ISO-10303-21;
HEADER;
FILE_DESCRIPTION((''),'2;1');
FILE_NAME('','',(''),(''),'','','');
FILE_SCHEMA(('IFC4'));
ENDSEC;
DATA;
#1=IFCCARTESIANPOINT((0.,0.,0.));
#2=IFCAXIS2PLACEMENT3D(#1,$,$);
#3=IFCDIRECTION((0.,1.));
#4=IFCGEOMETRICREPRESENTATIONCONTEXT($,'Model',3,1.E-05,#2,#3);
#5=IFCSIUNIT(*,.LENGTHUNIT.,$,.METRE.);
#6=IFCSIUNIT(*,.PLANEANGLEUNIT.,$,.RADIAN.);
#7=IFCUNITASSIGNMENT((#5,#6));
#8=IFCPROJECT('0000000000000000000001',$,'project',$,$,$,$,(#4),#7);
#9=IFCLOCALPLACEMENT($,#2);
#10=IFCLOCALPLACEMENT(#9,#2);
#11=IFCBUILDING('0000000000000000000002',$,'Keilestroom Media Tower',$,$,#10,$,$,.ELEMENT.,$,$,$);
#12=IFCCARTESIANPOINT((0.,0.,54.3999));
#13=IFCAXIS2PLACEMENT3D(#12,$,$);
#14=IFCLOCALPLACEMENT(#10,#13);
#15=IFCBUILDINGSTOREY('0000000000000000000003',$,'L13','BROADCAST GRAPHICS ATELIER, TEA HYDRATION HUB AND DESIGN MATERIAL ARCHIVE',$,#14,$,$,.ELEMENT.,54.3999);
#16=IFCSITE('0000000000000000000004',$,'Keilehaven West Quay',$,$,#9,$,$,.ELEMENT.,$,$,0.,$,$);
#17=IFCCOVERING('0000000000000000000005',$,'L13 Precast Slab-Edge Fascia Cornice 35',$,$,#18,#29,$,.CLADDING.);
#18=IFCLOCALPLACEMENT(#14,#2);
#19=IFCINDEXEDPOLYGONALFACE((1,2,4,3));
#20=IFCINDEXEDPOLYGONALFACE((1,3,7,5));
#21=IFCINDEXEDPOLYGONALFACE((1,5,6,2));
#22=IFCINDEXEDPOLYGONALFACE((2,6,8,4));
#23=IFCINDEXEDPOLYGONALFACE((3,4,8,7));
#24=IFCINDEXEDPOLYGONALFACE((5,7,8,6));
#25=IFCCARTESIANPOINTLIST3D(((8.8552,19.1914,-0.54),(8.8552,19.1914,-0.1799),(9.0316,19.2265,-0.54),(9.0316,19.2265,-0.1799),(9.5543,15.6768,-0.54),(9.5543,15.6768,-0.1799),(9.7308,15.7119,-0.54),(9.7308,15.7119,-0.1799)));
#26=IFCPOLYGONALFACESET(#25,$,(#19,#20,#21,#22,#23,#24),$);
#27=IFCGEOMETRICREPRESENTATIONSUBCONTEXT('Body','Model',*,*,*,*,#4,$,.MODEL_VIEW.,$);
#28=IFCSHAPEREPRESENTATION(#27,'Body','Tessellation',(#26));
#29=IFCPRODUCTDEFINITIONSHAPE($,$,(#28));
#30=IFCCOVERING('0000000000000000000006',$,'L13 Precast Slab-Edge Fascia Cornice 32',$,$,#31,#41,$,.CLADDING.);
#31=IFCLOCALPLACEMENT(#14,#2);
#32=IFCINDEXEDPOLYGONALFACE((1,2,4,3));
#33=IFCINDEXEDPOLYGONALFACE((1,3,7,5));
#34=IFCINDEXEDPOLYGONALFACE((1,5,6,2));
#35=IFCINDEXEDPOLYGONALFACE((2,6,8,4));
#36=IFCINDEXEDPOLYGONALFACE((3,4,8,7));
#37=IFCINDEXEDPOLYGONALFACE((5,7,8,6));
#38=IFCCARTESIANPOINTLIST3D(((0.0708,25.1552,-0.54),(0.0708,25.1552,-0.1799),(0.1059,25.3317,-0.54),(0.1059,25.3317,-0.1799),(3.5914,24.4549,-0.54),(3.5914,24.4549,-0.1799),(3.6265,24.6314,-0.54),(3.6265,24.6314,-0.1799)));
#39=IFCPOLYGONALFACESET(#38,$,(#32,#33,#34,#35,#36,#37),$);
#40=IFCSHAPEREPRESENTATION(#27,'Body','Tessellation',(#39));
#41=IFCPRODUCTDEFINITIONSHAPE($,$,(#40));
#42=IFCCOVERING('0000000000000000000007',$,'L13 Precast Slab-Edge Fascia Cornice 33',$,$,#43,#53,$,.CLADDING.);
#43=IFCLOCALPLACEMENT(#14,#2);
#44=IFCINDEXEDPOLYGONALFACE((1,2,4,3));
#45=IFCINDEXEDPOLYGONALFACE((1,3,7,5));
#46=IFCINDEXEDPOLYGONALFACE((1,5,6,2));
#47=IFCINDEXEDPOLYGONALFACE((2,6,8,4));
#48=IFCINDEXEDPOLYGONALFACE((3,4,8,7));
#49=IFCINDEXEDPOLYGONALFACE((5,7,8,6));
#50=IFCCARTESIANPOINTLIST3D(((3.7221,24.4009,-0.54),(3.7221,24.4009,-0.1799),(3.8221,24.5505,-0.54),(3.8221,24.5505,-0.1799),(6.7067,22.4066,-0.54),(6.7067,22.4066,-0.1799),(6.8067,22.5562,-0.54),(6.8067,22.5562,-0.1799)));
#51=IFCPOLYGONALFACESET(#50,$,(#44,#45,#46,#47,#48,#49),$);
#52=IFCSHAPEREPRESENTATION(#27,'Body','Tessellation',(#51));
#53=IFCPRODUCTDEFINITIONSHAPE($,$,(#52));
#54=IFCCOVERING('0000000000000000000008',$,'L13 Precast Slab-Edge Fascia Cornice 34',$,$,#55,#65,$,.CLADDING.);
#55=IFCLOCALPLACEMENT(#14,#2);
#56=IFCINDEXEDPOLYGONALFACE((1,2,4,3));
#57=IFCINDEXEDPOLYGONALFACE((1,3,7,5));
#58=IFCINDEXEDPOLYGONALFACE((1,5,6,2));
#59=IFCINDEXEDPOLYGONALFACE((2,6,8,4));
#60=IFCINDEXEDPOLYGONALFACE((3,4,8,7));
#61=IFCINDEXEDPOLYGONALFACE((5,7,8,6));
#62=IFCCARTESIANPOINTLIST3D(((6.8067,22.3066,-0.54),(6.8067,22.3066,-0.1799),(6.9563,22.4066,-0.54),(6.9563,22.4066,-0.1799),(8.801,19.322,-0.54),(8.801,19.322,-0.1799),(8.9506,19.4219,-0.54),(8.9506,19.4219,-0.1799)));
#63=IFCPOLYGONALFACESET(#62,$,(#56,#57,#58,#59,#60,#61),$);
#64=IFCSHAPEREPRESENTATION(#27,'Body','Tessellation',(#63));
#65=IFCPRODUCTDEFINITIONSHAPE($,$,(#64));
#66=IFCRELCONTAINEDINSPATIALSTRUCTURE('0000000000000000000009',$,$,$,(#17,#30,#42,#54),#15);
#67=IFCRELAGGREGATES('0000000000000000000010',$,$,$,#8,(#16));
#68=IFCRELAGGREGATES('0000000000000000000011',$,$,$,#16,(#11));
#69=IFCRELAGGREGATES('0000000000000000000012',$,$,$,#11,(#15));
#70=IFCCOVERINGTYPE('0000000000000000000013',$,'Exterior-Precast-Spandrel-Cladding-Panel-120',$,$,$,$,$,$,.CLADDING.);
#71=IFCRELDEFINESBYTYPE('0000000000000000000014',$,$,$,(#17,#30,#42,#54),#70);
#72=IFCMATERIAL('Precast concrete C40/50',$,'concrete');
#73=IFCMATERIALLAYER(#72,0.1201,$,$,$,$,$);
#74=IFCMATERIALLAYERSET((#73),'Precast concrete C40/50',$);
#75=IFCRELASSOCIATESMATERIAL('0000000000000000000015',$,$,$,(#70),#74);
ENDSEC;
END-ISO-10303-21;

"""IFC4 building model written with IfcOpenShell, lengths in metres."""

from ifc_helpers import new_model, si_unit, direction, frame, origin, origin_2d, place, context, subcontext, project, spatial, rectangle, extrude, source, transform, mapped, material, layer, layer_set, type_object, element, save


model = new_model("IFC4")

# Units and contexts
model_context = context("Model", 3, precision=1e-05, world=origin(), true_north=direction((0.0, 1.0)))
body_context = subcontext(model_context, "Body", "Model", "MODEL_VIEW")
ifc_project = project(units=[si_unit("LENGTHUNIT", "METRE"), si_unit("PLANEANGLEUNIT", "RADIAN")], contexts=[model_context])

# Site, building, storey
site_placement = place(None, origin())
site = spatial("IfcSite", under=ifc_project, at=site_placement, Name="Keilehaven West Quay", CompositionType="ELEMENT", RefElevation=0.0)
building_placement = place(site_placement, origin())
building = spatial("IfcBuilding", under=site, at=building_placement, Name="Keilestroom Media Tower", CompositionType="ELEMENT")
storey_placement = place(building_placement, frame((0.0, 0.0, 54.3999)))
storey = spatial("IfcBuildingStorey", under=building, at=storey_placement, Name="L13", Description="BROADCAST GRAPHICS ATELIER, TEA HYDRATION HUB AND DESIGN MATERIAL ARCHIVE", CompositionType="ELEMENT", Elevation=54.3999)

# Shared definitions
ifc_material_1 = material(Name="Precast concrete C40/50", Category="concrete")

# Coverings
ifc_layer_1 = layer(ifc_material_1, 0.1201)
ifc_layer_set_1 = layer_set([ifc_layer_1], Name="Precast concrete C40/50")
covering_type = type_object("IfcCoveringType", Name="Exterior-Precast-Spandrel-Cladding-Panel-120", PredefinedType="CLADDING", material=ifc_layer_set_1)
shared_shape_1 = source(origin(), body_context, "Body", "SweptSolid", [
    extrude(rectangle(XDim=3.5835, YDim=0.1799, at=origin_2d()), origin(), (0.0, 0.0, 1.0), 0.3601),
])
covering_1_placement = place(storey_placement, frame((9.293, 17.4517, -0.54), z_axis=(0.0, 0.0, 1.0), x_axis=(0.195099, -0.980784, 0.0)))
element("IfcCovering", 1, at=covering_1_placement, inside=storey, type_object=covering_type, Name="L13 Precast Slab-Edge Fascia Cornice 35", PredefinedType="CLADDING", context=body_context, shape_type="MappedRepresentation", body=[
    mapped(shared_shape_1, transform((0.0, 0.0, 0.0), x_axis=(1.0, 0.0, 0.0), y_axis=(0.0, 1.0, 0.0), z_axis=(0.0, 0.0, 1.0), scale=1.0)),
])
shared_shape_2 = source(origin(), body_context, "Body", "SweptSolid", [
    extrude(rectangle(XDim=3.5896, YDim=0.1799, at=origin_2d()), origin(), (0.0, 0.0, 1.0), 0.3601),
])
for number, where, z_axis, x_axis, name in (
    (2, (1.8486, 24.8933, -0.54), (0.0, 0.0, 1.0), (0.980784, -0.195099, 0.0), "L13 Precast Slab-Edge Fascia Cornice 32"),
    (3, (5.2644, 23.4785, -0.54), (0.0, 0.0, 1.0), (0.831467, -0.555575, 0.0), "L13 Precast Slab-Edge Fascia Cornice 33"),
    (4, (7.8787, 20.8643, -0.54), (0.0, 0.0, 1.0), (0.555575, -0.831467, 0.0), "L13 Precast Slab-Edge Fascia Cornice 34"),
):
    element("IfcCovering", number, at=place(storey_placement, frame(where, z_axis=z_axis, x_axis=x_axis)), inside=storey, type_object=covering_type, Name=name, PredefinedType="CLADDING", context=body_context, shape_type="MappedRepresentation", body=[
        mapped(shared_shape_2, transform((0.0, 0.0, 0.0), x_axis=(1.0, 0.0, 0.0), y_axis=(0.0, 1.0, 0.0), z_axis=(0.0, 0.0, 1.0), scale=1.0)),
    ])

save(model, "model.ifc")
